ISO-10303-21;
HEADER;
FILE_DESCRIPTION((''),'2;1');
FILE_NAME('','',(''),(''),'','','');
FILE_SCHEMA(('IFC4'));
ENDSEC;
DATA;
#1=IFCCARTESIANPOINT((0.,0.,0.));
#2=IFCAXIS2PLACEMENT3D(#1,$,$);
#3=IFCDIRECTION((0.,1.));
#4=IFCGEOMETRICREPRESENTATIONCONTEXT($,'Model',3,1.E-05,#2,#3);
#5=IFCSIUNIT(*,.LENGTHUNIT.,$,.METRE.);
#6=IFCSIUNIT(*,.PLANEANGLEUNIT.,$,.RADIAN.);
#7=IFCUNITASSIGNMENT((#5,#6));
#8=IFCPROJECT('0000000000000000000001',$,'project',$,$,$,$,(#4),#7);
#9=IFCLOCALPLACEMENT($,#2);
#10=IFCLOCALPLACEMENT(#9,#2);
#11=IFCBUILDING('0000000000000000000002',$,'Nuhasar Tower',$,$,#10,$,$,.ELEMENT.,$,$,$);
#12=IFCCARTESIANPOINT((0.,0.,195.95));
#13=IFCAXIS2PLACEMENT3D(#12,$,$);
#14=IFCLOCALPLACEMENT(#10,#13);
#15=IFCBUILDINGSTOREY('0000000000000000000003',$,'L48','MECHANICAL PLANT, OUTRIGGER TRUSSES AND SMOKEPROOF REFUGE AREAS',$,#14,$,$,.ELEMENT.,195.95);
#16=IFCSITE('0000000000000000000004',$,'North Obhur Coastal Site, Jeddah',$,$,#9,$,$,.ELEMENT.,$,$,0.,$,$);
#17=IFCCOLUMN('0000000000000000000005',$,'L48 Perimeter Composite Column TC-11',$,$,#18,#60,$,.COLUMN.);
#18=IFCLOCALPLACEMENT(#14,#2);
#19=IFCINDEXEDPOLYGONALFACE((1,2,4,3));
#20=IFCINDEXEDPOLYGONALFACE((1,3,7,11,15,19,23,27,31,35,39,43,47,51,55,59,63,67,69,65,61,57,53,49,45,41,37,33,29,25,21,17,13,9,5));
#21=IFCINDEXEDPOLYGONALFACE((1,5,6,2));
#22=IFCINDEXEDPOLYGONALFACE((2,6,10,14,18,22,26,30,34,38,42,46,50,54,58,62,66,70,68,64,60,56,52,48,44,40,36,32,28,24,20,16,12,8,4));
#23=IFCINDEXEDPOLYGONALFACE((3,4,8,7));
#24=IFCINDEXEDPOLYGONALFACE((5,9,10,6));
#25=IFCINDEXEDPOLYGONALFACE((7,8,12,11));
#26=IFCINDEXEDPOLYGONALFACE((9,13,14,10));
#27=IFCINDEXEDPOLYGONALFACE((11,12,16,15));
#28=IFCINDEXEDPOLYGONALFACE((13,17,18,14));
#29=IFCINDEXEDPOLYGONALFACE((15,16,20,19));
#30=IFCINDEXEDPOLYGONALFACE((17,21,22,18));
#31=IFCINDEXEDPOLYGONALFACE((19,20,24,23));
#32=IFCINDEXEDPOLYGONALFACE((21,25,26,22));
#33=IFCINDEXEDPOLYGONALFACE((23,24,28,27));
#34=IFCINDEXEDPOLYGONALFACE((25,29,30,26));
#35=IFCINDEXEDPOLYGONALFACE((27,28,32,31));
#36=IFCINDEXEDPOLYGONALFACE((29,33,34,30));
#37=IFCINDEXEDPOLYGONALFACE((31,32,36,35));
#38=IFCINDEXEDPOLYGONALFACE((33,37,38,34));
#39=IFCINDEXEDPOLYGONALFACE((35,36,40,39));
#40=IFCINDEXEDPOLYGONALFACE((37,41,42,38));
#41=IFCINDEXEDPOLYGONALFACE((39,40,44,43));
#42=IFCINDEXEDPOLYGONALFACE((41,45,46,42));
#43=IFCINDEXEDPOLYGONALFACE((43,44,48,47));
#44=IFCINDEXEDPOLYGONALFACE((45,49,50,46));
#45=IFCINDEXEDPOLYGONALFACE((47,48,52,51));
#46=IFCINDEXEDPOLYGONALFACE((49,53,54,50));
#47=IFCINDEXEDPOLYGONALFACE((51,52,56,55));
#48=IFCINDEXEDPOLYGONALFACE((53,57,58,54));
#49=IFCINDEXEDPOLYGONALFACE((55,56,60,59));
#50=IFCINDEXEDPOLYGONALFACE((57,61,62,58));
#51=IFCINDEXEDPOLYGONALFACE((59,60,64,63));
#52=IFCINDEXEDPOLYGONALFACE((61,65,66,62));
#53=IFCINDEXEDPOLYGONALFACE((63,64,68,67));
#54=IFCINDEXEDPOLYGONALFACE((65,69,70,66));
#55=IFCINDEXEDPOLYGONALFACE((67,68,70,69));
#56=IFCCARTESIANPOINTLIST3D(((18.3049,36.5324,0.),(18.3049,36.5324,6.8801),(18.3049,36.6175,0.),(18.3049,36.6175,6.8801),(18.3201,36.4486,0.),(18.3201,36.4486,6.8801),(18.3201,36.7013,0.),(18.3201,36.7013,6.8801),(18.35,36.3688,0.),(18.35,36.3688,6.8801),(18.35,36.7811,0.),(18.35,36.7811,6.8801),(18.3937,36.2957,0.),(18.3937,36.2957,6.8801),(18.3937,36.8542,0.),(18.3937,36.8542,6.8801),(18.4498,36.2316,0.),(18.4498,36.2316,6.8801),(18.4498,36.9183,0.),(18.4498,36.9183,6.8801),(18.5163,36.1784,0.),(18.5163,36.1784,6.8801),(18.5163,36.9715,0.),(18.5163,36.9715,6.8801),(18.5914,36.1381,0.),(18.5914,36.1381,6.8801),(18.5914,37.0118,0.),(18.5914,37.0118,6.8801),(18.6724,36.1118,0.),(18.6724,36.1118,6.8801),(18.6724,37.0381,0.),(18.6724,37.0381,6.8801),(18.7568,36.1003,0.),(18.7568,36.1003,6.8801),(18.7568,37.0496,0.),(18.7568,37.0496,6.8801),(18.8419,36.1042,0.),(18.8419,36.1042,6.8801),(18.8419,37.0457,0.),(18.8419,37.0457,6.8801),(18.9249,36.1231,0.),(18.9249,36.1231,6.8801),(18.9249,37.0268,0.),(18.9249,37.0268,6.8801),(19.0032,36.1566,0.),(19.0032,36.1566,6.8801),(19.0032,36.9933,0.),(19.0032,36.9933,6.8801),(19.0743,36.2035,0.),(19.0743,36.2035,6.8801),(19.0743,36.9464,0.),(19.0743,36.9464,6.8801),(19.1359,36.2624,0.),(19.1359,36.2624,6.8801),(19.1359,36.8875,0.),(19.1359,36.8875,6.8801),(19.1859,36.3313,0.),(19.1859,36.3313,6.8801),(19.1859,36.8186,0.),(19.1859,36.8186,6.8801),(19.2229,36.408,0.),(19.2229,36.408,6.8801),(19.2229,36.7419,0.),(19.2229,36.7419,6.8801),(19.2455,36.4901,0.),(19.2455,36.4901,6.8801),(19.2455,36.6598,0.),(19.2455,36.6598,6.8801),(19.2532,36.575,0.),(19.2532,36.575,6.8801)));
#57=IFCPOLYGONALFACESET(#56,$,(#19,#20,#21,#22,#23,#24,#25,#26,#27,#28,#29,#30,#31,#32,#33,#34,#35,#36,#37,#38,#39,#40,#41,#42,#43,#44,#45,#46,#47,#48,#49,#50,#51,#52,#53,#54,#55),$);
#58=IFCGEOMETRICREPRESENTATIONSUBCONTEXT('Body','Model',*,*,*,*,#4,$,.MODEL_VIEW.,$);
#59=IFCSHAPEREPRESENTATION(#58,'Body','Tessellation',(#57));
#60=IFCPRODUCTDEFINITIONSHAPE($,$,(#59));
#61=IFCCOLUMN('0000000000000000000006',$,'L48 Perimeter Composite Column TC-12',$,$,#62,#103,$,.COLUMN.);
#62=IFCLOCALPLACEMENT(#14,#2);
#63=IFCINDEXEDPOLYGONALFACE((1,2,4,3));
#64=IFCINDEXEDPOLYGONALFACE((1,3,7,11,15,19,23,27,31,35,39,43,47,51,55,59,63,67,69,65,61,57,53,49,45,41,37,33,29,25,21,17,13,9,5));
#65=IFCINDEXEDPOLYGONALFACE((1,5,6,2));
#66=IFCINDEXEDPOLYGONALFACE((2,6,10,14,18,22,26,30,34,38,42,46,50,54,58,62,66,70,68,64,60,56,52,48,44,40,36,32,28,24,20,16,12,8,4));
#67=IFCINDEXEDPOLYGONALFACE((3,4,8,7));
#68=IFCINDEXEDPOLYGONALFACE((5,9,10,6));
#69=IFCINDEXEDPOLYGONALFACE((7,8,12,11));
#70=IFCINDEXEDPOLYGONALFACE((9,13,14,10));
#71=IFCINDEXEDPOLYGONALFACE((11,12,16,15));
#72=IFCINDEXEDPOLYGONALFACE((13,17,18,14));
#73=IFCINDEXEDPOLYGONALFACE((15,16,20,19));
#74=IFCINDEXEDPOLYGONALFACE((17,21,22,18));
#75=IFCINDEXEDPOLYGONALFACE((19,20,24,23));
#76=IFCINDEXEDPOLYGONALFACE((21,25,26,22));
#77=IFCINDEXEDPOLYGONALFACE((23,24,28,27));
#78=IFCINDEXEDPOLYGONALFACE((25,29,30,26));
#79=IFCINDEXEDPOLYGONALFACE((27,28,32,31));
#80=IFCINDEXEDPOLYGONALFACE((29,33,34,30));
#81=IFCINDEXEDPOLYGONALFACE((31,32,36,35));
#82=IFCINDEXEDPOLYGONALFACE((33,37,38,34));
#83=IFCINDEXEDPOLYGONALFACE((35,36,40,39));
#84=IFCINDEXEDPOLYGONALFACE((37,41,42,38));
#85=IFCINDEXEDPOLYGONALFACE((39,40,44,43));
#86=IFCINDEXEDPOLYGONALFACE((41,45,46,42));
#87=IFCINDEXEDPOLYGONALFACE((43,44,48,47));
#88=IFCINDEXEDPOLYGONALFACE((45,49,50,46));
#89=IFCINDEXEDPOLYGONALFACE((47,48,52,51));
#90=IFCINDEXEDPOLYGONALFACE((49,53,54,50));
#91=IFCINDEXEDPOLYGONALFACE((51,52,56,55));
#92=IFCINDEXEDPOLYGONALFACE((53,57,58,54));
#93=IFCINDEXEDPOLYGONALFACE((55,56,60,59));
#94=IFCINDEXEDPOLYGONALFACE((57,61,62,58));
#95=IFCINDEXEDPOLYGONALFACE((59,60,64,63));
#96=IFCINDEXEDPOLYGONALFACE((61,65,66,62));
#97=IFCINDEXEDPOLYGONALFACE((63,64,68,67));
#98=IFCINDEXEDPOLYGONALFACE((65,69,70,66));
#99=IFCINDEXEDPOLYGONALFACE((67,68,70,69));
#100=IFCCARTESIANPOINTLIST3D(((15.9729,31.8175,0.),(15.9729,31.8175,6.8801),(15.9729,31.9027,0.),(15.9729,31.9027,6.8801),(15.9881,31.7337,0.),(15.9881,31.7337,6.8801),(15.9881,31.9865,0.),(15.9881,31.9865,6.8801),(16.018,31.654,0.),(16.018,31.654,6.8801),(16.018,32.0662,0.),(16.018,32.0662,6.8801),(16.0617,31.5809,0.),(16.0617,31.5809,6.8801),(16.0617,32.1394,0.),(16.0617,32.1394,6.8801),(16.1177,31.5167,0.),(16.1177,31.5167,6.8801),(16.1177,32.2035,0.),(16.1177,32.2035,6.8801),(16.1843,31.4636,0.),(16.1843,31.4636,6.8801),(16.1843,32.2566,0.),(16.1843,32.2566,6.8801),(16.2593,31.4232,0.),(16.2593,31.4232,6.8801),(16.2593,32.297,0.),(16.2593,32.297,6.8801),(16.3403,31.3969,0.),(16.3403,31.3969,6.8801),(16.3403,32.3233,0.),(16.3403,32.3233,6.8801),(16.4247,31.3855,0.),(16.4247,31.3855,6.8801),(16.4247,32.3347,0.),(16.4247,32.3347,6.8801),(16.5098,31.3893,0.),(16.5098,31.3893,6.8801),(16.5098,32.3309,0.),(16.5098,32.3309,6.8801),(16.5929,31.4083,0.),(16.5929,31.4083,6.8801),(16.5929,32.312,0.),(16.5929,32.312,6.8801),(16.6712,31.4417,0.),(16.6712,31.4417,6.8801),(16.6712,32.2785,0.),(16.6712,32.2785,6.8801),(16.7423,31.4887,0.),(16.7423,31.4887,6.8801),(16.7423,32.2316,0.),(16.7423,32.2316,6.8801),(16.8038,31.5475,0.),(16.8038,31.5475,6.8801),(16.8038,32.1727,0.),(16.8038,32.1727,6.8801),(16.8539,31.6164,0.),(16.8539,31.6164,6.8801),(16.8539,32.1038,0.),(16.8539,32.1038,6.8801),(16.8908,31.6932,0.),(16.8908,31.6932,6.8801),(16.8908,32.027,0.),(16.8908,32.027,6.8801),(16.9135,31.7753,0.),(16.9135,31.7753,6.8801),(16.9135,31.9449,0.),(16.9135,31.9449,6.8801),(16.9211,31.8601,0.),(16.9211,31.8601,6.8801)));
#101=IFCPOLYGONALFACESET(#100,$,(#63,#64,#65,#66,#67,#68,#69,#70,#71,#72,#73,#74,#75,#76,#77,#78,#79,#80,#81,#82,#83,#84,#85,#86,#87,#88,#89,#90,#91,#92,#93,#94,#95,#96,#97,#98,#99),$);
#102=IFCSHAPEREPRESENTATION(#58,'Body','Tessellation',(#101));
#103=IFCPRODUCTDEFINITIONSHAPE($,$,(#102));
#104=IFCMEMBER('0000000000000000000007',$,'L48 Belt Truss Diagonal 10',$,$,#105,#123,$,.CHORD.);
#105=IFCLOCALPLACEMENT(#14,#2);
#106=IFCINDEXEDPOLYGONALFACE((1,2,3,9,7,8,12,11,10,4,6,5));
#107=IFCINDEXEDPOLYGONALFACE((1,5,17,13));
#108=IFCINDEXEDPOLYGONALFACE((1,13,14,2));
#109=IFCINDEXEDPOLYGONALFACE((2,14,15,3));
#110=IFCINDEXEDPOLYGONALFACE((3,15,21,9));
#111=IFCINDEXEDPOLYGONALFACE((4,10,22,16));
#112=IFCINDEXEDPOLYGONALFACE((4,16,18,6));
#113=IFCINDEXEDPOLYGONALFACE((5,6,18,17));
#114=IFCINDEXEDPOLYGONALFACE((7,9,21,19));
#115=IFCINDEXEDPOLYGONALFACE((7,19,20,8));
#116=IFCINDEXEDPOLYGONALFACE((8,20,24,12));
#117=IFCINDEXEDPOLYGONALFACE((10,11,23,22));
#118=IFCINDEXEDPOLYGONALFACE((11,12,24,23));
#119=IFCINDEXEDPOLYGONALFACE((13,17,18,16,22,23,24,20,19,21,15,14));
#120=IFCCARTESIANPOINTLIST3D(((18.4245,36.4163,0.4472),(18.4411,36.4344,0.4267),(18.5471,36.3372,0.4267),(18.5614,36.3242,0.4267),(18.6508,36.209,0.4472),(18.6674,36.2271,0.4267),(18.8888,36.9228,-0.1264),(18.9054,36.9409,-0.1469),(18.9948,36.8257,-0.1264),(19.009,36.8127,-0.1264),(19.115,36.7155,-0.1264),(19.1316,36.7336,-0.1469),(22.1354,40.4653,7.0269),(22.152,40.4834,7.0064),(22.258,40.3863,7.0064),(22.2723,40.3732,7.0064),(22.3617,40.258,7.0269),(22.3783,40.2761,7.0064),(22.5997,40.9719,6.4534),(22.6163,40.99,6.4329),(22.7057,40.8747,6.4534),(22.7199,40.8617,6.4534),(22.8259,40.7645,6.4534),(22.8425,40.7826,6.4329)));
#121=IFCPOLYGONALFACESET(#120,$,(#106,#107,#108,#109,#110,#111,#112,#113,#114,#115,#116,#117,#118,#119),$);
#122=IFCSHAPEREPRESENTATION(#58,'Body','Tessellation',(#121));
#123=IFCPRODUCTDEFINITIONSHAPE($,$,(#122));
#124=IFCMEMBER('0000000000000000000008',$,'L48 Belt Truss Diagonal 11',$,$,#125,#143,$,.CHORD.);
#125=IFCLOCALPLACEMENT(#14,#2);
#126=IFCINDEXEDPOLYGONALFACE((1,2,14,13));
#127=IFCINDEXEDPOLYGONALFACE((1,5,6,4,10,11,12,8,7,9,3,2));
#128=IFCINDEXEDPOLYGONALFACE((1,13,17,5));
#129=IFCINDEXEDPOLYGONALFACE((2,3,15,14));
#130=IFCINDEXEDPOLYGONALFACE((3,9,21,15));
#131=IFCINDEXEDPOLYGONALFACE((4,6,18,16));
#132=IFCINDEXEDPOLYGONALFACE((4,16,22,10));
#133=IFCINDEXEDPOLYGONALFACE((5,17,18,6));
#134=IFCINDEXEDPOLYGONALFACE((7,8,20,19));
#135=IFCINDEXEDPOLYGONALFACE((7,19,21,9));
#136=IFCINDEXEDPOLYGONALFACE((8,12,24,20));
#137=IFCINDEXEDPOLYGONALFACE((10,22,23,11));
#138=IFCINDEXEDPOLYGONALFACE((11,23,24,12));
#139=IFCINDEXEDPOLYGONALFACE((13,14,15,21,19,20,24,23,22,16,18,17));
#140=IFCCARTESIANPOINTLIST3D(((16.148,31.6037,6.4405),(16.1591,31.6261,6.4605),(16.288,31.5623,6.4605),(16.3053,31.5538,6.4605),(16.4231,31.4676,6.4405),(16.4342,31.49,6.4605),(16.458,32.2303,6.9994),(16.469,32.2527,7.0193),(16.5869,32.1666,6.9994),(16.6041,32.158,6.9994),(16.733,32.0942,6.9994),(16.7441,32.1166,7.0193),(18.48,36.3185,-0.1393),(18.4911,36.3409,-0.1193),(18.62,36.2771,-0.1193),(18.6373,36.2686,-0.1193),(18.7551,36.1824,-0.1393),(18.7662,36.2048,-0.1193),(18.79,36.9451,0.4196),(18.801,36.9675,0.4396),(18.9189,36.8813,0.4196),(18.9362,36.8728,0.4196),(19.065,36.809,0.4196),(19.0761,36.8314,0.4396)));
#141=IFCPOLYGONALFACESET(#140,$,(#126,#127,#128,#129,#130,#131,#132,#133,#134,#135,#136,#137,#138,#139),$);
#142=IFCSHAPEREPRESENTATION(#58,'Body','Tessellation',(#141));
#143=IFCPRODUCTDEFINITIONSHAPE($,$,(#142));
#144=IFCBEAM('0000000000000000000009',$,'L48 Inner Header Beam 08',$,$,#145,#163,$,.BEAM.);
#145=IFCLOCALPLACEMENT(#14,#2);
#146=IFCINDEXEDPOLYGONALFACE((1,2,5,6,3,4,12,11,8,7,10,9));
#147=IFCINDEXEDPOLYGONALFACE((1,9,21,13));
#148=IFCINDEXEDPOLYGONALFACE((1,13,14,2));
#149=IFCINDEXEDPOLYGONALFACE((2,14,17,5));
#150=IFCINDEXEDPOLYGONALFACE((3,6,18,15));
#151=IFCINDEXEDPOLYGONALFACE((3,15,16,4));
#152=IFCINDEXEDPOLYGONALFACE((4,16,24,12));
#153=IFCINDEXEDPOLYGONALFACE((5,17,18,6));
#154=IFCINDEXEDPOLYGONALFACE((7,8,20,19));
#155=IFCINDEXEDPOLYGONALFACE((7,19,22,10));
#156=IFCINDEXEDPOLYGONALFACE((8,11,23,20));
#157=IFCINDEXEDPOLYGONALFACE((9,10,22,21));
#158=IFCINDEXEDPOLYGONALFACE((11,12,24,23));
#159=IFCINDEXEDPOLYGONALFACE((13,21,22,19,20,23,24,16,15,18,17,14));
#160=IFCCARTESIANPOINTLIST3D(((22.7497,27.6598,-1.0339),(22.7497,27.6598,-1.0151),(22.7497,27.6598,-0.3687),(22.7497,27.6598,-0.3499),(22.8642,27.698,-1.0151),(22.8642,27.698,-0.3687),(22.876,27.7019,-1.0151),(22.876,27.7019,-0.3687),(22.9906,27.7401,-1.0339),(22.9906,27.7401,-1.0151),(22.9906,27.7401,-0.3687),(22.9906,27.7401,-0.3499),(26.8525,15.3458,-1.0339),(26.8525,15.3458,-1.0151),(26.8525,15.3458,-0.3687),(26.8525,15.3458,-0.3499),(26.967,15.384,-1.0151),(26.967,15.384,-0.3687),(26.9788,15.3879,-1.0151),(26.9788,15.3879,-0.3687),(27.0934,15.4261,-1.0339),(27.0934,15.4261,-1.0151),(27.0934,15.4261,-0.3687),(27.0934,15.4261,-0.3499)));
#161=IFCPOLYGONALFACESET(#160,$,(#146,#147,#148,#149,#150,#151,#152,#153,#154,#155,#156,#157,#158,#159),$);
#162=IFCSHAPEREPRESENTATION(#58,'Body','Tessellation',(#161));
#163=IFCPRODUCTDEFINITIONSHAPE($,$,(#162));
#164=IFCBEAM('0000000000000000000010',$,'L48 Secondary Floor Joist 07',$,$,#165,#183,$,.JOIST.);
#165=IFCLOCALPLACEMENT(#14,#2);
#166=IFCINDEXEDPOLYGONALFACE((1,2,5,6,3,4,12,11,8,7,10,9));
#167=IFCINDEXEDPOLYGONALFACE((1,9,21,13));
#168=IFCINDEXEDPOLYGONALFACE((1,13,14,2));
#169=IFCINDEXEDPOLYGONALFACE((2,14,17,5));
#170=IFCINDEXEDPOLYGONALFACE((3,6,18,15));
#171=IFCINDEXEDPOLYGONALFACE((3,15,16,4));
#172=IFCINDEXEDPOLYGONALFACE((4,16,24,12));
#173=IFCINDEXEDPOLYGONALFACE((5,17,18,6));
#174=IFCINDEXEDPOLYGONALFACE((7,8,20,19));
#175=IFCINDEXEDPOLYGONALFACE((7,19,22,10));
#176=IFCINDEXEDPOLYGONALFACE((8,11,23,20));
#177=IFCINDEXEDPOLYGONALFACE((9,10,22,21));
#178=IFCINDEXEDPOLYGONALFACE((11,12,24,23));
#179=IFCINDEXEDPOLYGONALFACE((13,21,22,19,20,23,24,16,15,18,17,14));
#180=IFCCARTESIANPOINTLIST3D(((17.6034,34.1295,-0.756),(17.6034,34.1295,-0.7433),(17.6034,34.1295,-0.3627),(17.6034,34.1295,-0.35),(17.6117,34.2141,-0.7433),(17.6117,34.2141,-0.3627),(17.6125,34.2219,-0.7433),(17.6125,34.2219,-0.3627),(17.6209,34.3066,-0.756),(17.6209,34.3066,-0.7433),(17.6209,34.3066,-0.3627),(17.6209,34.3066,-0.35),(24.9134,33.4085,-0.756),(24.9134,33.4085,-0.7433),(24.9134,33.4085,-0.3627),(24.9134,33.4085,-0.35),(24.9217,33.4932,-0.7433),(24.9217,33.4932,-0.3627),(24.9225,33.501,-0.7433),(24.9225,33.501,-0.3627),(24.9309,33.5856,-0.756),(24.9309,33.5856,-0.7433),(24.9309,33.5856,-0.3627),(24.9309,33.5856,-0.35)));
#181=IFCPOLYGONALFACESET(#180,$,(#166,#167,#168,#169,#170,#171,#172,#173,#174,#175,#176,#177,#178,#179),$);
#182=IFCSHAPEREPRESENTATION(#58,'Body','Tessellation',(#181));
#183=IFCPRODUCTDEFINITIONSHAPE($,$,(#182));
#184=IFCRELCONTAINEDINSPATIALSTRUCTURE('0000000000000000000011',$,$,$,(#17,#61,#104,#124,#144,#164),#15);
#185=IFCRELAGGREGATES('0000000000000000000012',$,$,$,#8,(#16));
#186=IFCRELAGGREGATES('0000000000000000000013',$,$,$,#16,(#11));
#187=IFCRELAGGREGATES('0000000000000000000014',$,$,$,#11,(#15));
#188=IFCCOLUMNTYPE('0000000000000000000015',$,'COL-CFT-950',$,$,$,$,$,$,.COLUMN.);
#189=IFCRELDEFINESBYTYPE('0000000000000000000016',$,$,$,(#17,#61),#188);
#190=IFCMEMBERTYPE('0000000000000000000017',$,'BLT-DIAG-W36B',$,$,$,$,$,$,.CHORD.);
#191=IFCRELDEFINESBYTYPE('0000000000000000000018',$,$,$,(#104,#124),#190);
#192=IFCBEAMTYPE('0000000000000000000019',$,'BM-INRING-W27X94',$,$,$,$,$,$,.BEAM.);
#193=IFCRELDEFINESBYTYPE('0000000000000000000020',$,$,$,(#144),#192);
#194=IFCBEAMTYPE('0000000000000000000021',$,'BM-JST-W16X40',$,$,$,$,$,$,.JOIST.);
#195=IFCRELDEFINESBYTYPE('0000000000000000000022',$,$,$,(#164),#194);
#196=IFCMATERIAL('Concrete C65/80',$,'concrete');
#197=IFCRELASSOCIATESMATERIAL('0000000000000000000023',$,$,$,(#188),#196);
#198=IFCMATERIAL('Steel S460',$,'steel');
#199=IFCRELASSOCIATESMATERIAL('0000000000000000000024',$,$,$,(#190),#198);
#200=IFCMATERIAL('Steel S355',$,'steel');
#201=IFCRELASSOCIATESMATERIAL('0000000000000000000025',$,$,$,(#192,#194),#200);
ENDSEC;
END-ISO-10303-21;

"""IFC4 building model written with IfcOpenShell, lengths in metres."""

from ifc_helpers import new_model, si_unit, direction, frame, origin, origin_2d, place, context, subcontext, project, spatial, circle, i_section, extrude, material, material_profile, profile_set, type_object, element, save


model = new_model("IFC4")

# Units and contexts
model_context = context("Model", 3, precision=1e-05, world=origin(), true_north=direction((0.0, 1.0)))
body_context = subcontext(model_context, "Body", "Model", "MODEL_VIEW")
ifc_project = project(units=[si_unit("LENGTHUNIT", "METRE"), si_unit("PLANEANGLEUNIT", "RADIAN")], contexts=[model_context])

# Site, building, storey
site_placement = place(None, origin())
site = spatial("IfcSite", under=ifc_project, at=site_placement, Name="North Obhur Coastal Site, Jeddah", CompositionType="ELEMENT", RefElevation=0.0)
building_placement = place(site_placement, origin())
building = spatial("IfcBuilding", under=site, at=building_placement, Name="Nuhasar Tower", CompositionType="ELEMENT")
storey_placement = place(building_placement, frame((0.0, 0.0, 195.95)))
storey = spatial("IfcBuildingStorey", under=building, at=storey_placement, Name="L48", Description="MECHANICAL PLANT, OUTRIGGER TRUSSES AND SMOKEPROOF REFUGE AREAS", CompositionType="ELEMENT", Elevation=195.95)

# Columns
ifc_material_1 = material(Name="Concrete C65/80", Category="concrete")
ifc_material_profile_1 = material_profile(ifc_material_1, circle(Radius=0.4751, at=origin_2d()), Name="CFT950")
ifc_profile_set_1 = profile_set([ifc_material_profile_1], Name="Concrete C65/80")
column_type = type_object("IfcColumnType", Name="COL-CFT-950", PredefinedType="COLUMN", material=ifc_profile_set_1)
for number, where, z_axis, x_axis, name in (
    (1, (18.7781, 36.575, 0.0), (0.0, 0.0, 1.0), (1.0, 0.0, 0.0), "L48 Perimeter Composite Column TC-11"),
    (2, (16.446, 31.8601, 0.0), (0.0, 0.0, 1.0), (1.0, 0.0, 0.0), "L48 Perimeter Composite Column TC-12"),
):
    element("IfcColumn", number, at=place(storey_placement, frame(where, z_axis=z_axis, x_axis=x_axis)), inside=storey, type_object=column_type, Name=name, PredefinedType="COLUMN", context=body_context, shape_type="SweptSolid", body=[
        extrude(circle(Radius=0.4751, at=origin_2d()), origin(), (0.0, 0.0, 1.0), 6.8801),
    ])

# Members
ifc_material_2 = material(Name="Steel S460", Category="steel")
ifc_material_profile_2 = material_profile(ifc_material_2, i_section(OverallWidth=0.3069, OverallDepth=0.927, WebThickness=0.0193, FlangeThickness=0.032, at=origin_2d()), Name="W36X194")
ifc_profile_set_2 = profile_set([ifc_material_profile_2], Name="Steel S460")
member_type_1 = type_object("IfcMemberType", Name="BLT-DIAG-W36B", PredefinedType="CHORD", material=ifc_profile_set_2)
member_1_placement = place(storey_placement, frame((18.7781, 36.575, 0.1501), z_axis=(0.43297, 0.472421, 0.767695), x_axis=(-0.737219, 0.675654, 0.0)))
element("IfcMember", 3, at=member_1_placement, inside=storey, type_object=member_type_1, Name="L48 Belt Truss Diagonal 10", PredefinedType="CHORD", context=body_context, shape_type="SweptSolid", body=[
    extrude(i_section(OverallWidth=0.3069, OverallDepth=0.927, WebThickness=0.0193, FlangeThickness=0.032, at=origin_2d()), origin(), (0.0, 0.0, 1.0), 8.5708),
])
member_2_placement = place(storey_placement, frame((18.7781, 36.575, 0.1501), z_axis=(-0.276835, -0.559697, 0.78109), x_axis=(0.89635, -0.443348, 0.0)))
element("IfcMember", 4, at=member_2_placement, inside=storey, type_object=member_type_1, Name="L48 Belt Truss Diagonal 11", PredefinedType="CHORD", context=body_context, shape_type="SweptSolid", body=[
    extrude(i_section(OverallWidth=0.3069, OverallDepth=0.927, WebThickness=0.0193, FlangeThickness=0.032, at=origin_2d()), origin(), (0.0, 0.0, 1.0), 8.4238),
])

# Beams
ifc_material_3 = material(Name="Steel S355", Category="steel")
ifc_material_profile_3 = material_profile(ifc_material_3, i_section(OverallWidth=0.2539, OverallDepth=0.6841, WebThickness=0.0125, FlangeThickness=0.0188, at=origin_2d()), Name="W27X94")
ifc_profile_set_3 = profile_set([ifc_material_profile_3], Name="Steel S355")
beam_type_1 = type_object("IfcBeamType", Name="BM-INRING-W27X94", PredefinedType="BEAM", material=ifc_profile_set_3)
beam_1_placement = place(storey_placement, frame((22.8701, 27.7, -0.6919), z_axis=(0.316098, -0.948727, 0.0), x_axis=(0.948727, 0.316098, 0.0)))
element("IfcBeam", 5, at=beam_1_placement, inside=storey, type_object=beam_type_1, Name="L48 Inner Header Beam 08", PredefinedType="BEAM", context=body_context, shape_type="SweptSolid", body=[
    extrude(i_section(OverallWidth=0.2539, OverallDepth=0.6841, WebThickness=0.0125, FlangeThickness=0.0188, at=origin_2d()), origin(), (0.0, 0.0, 1.0), 12.9795),
])
ifc_material_profile_4 = material_profile(ifc_material_3, i_section(OverallWidth=0.178, OverallDepth=0.406, WebThickness=0.0078, FlangeThickness=0.0127, at=origin_2d()), Name="W16X40")
ifc_profile_set_4 = profile_set([ifc_material_profile_4], Name="Steel S355")
beam_type_2 = type_object("IfcBeamType", Name="BM-JST-W16X40", PredefinedType="JOIST", material=ifc_profile_set_4)
beam_2_placement = place(storey_placement, frame((24.9221, 33.4971, -0.553), z_axis=(-0.995172, 0.098148, 0.0), x_axis=(-0.098148, -0.995172, 0.0)))
element("IfcBeam", 6, at=beam_2_placement, inside=storey, type_object=beam_type_2, Name="L48 Secondary Floor Joist 07", PredefinedType="JOIST", context=body_context, shape_type="SweptSolid", body=[
    extrude(i_section(OverallWidth=0.178, OverallDepth=0.406, WebThickness=0.0078, FlangeThickness=0.0127, at=origin_2d()), origin(), (0.0, 0.0, 1.0), 7.3455),
])

save(model, "model.ifc")
